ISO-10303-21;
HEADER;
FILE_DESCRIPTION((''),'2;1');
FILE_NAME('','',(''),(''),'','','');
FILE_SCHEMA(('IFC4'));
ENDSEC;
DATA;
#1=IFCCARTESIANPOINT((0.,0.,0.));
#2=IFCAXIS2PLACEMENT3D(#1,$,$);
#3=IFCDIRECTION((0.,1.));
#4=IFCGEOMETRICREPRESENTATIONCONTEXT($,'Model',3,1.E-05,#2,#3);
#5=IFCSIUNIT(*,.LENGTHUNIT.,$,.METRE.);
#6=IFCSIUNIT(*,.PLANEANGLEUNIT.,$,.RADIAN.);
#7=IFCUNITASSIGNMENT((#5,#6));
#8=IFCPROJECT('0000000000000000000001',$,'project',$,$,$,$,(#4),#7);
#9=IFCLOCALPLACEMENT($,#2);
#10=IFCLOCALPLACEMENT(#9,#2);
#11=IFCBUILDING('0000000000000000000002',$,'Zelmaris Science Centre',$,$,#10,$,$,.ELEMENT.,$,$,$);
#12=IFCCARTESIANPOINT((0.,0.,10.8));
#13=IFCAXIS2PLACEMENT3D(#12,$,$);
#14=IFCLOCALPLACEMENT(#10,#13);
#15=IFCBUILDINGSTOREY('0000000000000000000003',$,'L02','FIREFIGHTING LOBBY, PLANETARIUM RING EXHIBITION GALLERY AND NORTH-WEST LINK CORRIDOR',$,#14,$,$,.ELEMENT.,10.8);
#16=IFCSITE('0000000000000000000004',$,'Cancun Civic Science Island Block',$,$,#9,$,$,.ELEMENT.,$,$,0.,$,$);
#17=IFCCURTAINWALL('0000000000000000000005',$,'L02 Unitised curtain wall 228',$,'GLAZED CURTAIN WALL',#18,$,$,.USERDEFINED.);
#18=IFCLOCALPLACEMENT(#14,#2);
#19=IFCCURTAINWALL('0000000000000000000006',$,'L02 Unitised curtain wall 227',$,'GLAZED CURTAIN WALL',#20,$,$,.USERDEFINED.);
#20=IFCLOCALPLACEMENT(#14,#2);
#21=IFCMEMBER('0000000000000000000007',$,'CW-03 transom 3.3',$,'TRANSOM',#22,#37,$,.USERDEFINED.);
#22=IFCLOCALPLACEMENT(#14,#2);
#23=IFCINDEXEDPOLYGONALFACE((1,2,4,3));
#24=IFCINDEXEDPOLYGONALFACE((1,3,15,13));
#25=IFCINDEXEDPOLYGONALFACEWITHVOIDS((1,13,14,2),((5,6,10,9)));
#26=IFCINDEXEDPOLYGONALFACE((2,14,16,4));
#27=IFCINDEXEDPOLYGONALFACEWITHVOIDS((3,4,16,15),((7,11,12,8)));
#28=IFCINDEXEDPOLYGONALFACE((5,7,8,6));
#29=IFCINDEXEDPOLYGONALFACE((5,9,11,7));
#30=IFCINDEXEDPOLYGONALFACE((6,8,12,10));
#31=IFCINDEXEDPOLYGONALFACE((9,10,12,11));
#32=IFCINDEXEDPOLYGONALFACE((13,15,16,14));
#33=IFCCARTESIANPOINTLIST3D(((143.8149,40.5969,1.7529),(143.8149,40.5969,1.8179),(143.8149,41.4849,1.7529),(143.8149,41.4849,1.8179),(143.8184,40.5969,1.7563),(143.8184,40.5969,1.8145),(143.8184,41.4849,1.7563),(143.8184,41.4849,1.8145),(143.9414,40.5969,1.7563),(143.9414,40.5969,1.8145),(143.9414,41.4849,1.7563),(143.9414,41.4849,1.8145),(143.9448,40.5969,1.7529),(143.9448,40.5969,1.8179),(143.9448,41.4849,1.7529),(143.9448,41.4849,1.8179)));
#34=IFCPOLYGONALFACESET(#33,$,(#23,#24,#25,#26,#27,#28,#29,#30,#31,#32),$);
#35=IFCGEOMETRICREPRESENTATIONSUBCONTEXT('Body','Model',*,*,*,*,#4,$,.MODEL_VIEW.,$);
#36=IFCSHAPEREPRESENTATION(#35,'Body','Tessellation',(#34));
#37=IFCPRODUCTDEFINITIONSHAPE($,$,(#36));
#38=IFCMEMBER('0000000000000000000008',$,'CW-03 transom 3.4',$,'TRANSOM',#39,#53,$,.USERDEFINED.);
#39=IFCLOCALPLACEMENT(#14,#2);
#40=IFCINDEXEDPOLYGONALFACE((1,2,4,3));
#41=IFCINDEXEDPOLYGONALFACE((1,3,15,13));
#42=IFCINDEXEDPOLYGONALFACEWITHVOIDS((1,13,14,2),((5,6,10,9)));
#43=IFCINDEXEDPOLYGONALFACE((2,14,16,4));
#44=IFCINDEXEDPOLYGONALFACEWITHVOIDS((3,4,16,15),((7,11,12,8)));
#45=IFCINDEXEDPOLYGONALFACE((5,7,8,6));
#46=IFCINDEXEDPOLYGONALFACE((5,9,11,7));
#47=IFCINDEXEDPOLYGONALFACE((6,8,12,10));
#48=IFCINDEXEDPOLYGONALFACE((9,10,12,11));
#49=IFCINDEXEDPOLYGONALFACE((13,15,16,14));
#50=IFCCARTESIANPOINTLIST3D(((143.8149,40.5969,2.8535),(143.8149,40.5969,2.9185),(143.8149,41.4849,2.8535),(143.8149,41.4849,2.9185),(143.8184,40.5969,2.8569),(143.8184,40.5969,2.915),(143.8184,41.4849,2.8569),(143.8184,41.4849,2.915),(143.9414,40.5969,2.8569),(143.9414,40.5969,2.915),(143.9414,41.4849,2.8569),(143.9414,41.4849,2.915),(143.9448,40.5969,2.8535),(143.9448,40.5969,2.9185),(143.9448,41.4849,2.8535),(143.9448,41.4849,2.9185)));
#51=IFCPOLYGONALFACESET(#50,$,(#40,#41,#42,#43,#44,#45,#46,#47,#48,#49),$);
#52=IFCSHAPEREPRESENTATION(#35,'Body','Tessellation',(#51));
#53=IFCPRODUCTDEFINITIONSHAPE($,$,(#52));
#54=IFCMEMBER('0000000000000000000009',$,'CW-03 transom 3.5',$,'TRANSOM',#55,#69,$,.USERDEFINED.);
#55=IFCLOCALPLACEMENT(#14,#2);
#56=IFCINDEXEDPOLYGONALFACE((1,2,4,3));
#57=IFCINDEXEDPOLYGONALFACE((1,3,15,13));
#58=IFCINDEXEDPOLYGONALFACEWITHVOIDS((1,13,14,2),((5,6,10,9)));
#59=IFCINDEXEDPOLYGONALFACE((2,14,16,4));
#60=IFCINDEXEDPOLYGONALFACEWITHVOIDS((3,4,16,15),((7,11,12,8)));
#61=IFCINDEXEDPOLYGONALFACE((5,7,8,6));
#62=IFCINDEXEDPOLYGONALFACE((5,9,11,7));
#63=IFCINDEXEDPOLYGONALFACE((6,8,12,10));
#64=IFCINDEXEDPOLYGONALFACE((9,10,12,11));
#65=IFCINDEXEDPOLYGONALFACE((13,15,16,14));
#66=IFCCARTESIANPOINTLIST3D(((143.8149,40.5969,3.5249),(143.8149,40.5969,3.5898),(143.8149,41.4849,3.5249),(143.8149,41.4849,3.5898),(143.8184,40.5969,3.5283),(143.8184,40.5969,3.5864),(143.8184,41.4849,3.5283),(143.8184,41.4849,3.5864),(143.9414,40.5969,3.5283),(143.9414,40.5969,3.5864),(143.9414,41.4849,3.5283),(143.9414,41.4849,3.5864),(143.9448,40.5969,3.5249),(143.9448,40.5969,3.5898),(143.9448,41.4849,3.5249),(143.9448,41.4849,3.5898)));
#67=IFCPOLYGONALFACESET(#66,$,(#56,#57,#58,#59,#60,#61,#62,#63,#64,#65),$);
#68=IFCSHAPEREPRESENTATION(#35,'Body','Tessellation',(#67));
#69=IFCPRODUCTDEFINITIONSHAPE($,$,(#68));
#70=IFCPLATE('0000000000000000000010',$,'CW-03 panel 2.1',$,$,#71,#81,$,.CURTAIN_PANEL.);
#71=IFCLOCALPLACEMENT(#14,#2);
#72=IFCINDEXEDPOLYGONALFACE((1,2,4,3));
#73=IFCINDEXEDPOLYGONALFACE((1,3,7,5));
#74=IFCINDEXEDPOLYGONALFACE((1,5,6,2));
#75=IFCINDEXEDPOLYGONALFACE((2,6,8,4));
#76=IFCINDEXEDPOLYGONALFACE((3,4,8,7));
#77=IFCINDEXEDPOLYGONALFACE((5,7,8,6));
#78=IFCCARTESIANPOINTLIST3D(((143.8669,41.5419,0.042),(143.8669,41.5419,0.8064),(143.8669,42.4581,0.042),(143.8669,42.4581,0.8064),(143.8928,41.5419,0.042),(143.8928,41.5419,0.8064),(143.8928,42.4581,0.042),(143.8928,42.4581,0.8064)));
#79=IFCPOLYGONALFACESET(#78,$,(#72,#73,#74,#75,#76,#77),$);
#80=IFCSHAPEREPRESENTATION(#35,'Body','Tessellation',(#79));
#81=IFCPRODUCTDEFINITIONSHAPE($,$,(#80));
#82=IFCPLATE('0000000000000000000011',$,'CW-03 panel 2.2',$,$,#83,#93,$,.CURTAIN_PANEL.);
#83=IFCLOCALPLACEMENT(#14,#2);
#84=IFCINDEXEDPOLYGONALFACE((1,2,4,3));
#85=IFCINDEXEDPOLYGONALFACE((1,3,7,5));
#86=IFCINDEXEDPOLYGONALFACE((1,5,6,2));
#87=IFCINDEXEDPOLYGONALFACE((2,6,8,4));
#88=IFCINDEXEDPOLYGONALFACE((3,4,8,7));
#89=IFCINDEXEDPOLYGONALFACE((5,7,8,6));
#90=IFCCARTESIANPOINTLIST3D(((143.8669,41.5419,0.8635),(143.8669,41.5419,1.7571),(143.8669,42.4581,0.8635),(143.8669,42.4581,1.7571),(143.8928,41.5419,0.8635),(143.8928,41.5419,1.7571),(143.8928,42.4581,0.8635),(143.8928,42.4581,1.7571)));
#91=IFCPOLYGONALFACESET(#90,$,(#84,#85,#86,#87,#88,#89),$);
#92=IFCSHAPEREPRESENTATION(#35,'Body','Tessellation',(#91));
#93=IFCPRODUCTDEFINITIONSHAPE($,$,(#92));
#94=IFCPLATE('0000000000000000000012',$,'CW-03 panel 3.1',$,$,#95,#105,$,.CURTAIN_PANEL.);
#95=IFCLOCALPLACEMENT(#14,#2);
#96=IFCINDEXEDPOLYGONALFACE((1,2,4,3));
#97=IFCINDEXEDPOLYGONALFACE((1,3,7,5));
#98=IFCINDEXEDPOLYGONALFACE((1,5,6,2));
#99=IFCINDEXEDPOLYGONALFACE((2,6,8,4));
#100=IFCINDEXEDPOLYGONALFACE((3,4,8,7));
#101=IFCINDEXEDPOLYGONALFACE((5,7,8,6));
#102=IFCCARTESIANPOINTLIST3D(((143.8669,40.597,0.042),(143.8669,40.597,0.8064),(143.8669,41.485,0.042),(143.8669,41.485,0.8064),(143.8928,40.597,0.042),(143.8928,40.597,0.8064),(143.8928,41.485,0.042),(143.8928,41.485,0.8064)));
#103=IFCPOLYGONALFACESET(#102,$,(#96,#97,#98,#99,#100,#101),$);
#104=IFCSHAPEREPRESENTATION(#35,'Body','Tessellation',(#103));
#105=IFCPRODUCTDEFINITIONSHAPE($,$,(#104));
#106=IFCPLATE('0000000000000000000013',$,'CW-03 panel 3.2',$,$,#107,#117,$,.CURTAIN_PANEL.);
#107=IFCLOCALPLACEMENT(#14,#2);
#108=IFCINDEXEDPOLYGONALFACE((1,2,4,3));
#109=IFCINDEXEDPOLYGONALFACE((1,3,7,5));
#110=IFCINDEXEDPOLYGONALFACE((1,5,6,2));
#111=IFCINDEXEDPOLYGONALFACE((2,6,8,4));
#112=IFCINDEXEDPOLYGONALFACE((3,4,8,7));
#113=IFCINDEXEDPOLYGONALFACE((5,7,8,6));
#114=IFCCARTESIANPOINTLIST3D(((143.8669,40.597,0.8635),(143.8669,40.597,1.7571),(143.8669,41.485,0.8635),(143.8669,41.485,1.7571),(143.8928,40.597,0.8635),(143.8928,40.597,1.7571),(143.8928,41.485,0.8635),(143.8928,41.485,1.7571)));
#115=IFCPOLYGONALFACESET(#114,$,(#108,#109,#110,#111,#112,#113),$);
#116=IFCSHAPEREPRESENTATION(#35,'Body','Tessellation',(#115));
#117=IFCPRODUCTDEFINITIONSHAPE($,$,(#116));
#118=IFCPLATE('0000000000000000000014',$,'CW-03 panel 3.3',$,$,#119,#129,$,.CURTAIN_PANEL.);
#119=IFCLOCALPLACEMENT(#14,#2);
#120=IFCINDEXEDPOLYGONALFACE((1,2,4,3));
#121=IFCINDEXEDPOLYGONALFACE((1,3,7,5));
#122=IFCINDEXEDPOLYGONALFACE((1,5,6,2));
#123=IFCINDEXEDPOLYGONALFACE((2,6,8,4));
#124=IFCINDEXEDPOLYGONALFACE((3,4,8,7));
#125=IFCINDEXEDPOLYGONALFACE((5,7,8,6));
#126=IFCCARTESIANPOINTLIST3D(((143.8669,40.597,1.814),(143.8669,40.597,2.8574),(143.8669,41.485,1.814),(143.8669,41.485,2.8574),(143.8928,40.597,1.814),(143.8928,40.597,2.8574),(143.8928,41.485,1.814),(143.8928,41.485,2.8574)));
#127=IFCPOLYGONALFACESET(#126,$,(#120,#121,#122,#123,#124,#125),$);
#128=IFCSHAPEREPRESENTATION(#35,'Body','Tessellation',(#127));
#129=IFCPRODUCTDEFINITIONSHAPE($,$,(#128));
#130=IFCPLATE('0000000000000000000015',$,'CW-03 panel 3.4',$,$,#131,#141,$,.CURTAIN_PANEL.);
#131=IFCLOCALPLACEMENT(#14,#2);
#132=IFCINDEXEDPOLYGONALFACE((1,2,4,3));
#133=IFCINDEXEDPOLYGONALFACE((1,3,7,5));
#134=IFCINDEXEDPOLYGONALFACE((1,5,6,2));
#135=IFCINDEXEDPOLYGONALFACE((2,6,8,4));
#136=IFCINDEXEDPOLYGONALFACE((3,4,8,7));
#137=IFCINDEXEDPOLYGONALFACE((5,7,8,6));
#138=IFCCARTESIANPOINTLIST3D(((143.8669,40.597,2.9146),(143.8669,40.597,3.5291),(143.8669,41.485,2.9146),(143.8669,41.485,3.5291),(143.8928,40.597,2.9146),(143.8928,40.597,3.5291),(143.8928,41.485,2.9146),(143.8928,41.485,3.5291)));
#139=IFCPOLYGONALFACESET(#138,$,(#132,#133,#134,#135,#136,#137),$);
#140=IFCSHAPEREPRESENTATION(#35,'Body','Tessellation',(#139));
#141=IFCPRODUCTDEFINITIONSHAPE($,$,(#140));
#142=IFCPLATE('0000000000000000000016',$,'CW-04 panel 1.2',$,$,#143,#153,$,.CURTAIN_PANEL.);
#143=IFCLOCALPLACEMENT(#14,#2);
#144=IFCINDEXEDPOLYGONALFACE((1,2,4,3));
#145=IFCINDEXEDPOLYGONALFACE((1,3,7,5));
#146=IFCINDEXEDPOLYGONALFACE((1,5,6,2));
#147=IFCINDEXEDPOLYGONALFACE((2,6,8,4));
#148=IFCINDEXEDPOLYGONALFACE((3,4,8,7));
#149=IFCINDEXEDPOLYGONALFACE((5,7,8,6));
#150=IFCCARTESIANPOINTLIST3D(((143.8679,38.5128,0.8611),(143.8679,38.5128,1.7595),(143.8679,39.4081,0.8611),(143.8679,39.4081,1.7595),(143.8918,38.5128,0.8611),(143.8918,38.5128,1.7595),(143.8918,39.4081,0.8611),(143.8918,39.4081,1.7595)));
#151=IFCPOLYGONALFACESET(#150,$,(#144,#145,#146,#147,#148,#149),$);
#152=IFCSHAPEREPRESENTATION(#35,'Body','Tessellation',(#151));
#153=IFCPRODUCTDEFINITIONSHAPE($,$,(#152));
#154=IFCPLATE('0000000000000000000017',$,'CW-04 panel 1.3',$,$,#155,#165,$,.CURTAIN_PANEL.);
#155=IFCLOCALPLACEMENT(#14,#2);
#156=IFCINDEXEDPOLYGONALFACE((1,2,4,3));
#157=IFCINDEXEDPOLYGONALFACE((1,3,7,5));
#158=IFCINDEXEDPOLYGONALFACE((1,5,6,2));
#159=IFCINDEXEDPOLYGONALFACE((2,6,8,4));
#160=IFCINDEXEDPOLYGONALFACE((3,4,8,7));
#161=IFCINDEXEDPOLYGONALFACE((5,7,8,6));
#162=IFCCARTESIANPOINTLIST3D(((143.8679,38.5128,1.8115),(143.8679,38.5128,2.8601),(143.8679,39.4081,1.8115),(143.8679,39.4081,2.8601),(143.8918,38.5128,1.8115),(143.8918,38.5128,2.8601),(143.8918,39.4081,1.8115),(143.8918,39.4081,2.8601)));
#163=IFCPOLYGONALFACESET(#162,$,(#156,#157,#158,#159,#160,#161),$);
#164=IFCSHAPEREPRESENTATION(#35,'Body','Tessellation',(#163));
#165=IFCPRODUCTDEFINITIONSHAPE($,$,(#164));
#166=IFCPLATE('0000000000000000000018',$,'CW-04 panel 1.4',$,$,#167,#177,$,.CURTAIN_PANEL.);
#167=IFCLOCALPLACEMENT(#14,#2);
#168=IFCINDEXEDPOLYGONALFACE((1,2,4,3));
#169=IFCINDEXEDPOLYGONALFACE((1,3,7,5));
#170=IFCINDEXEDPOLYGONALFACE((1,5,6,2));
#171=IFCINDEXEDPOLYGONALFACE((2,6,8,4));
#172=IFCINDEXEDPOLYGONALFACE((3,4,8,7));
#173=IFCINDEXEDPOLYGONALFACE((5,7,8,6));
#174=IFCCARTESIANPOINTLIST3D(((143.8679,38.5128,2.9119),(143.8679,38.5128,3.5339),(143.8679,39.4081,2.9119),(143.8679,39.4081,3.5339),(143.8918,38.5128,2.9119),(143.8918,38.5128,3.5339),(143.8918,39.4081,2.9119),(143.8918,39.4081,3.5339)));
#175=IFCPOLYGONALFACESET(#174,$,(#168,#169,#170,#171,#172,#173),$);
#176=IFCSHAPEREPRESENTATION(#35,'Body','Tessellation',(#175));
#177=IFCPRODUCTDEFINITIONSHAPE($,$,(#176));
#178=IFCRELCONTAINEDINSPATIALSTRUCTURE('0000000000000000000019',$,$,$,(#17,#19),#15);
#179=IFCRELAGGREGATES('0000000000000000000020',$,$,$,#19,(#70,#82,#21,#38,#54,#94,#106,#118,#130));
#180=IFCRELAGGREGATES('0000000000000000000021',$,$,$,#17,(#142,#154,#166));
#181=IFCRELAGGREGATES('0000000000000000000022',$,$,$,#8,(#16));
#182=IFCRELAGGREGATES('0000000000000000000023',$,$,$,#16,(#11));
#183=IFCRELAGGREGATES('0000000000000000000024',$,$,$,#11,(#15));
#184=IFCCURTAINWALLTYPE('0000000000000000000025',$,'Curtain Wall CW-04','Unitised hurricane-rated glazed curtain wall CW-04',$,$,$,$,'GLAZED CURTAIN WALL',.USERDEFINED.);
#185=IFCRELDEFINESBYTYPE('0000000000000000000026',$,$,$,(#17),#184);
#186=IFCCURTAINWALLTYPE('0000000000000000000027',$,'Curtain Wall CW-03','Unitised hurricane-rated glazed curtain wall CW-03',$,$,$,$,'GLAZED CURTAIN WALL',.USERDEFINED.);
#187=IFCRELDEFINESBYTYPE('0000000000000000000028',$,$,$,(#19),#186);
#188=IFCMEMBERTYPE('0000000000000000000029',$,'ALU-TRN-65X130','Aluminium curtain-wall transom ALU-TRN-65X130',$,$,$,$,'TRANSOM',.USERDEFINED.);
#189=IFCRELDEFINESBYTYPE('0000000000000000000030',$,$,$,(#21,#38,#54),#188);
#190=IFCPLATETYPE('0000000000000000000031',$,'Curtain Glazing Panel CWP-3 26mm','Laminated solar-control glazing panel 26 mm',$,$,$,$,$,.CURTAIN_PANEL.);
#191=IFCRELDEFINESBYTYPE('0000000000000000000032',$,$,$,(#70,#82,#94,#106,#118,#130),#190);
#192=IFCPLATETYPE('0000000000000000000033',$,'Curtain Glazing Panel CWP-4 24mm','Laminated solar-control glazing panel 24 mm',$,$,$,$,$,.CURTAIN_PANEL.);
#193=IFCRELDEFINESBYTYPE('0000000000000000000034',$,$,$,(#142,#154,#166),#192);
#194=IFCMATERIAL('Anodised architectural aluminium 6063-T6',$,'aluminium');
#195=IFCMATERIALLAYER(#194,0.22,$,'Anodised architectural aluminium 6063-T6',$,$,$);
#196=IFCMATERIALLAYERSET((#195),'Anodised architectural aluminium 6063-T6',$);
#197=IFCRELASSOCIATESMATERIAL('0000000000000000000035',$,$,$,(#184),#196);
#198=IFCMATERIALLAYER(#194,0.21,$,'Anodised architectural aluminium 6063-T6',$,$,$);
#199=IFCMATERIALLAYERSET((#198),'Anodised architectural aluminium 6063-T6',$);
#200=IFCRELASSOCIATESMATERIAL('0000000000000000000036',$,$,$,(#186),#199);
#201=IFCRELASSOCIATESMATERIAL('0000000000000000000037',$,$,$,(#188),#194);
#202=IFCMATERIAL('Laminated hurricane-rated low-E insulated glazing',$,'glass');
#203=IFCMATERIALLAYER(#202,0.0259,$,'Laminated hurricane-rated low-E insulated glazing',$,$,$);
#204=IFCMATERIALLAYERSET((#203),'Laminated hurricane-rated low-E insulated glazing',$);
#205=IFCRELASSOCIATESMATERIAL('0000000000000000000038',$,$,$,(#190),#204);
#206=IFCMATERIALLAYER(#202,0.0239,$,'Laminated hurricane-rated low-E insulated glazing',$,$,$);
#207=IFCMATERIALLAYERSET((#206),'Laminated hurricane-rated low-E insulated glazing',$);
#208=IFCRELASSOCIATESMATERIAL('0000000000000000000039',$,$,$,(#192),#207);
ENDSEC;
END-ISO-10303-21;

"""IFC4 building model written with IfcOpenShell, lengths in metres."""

from ifc_helpers import new_model, si_unit, direction, frame, origin, origin_2d, place, context, subcontext, project, spatial, rectangle, hollow_rectangle, extrude, material, layer, layer_set, material_profile, profile_set, type_object, element, aggregate, save


model = new_model("IFC4")

# Units and contexts
model_context = context("Model", 3, precision=1e-05, world=origin(), true_north=direction((0.0, 1.0)))
body_context = subcontext(model_context, "Body", "Model", "MODEL_VIEW")
ifc_project = project(units=[si_unit("LENGTHUNIT", "METRE"), si_unit("PLANEANGLEUNIT", "RADIAN")], contexts=[model_context])

# Site, building, storey
site_placement = place(None, origin())
site = spatial("IfcSite", under=ifc_project, at=site_placement, Name="Cancun Civic Science Island Block", CompositionType="ELEMENT", RefElevation=0.0)
building_placement = place(site_placement, origin())
building = spatial("IfcBuilding", under=site, at=building_placement, Name="Zelmaris Science Centre", CompositionType="ELEMENT")
storey_placement = place(building_placement, frame((0.0, 0.0, 10.8)))
storey = spatial("IfcBuildingStorey", under=building, at=storey_placement, Name="L02", Description="FIREFIGHTING LOBBY, PLANETARIUM RING EXHIBITION GALLERY AND NORTH-WEST LINK CORRIDOR", CompositionType="ELEMENT", Elevation=10.8)

# Curtain wall
ifc_material_1 = material(Name="Anodised architectural aluminium 6063-T6", Category="aluminium")
ifc_layer_1 = layer(ifc_material_1, 0.22, Name="Anodised architectural aluminium 6063-T6")
ifc_layer_set_1 = layer_set([ifc_layer_1], Name="Anodised architectural aluminium 6063-T6")
curtain_wall_type_1 = type_object("IfcCurtainWallType", Name="Curtain Wall CW-04", Description="Unitised hurricane-rated glazed curtain wall CW-04", ElementType="GLAZED CURTAIN WALL", PredefinedType="USERDEFINED", material=ifc_layer_set_1)
curtain_wall_1_placement = place(storey_placement, origin())
curtain_wall_1 = element("IfcCurtainWall", 1, at=curtain_wall_1_placement, inside=storey, type_object=curtain_wall_type_1, Name="L02 Unitised curtain wall 228", ObjectType="GLAZED CURTAIN WALL", PredefinedType="USERDEFINED")

# Curtain wall
ifc_layer_2 = layer(ifc_material_1, 0.21, Name="Anodised architectural aluminium 6063-T6")
ifc_layer_set_2 = layer_set([ifc_layer_2], Name="Anodised architectural aluminium 6063-T6")
curtain_wall_type_2 = type_object("IfcCurtainWallType", Name="Curtain Wall CW-03", Description="Unitised hurricane-rated glazed curtain wall CW-03", ElementType="GLAZED CURTAIN WALL", PredefinedType="USERDEFINED", material=ifc_layer_set_2)
curtain_wall_2_placement = place(storey_placement, origin())
curtain_wall_2 = element("IfcCurtainWall", 2, at=curtain_wall_2_placement, inside=storey, type_object=curtain_wall_type_2, Name="L02 Unitised curtain wall 227", ObjectType="GLAZED CURTAIN WALL", PredefinedType="USERDEFINED")

# Members
ifc_material_profile_1 = material_profile(ifc_material_1, hollow_rectangle(XDim=0.0649, YDim=0.1299, WallThickness=0.0034, at=origin_2d()), Name="ALU-TRN-65X130")
ifc_profile_set_1 = profile_set([ifc_material_profile_1], Name="Anodised architectural aluminium 6063-T6")
member_type_1 = type_object("IfcMemberType", Name="ALU-TRN-65X130", Description="Aluminium curtain-wall transom ALU-TRN-65X130", ElementType="TRANSOM", PredefinedType="USERDEFINED", material=ifc_profile_set_1)
member_1_placement = place(storey_placement, frame((143.8799, 41.4849, 1.7854), z_axis=(0.0, -1.0, 0.0), x_axis=(0.0, 0.0, 1.0)))
member_1 = element("IfcMember", 3, at=member_1_placement, type_object=member_type_1, Name="CW-03 transom 3.3", ObjectType="TRANSOM", PredefinedType="USERDEFINED", context=body_context, shape_type="SweptSolid", body=[
    extrude(hollow_rectangle(XDim=0.0649, YDim=0.1299, WallThickness=0.0034, at=origin_2d()), origin(), (0.0, 0.0, 1.0), 0.8879),
])
member_2_placement = place(storey_placement, frame((143.8799, 41.4849, 2.886), z_axis=(0.0, -1.0, 0.0), x_axis=(0.0, 0.0, 1.0)))
member_2 = element("IfcMember", 4, at=member_2_placement, type_object=member_type_1, Name="CW-03 transom 3.4", ObjectType="TRANSOM", PredefinedType="USERDEFINED", context=body_context, shape_type="SweptSolid", body=[
    extrude(hollow_rectangle(XDim=0.0649, YDim=0.1299, WallThickness=0.0034, at=origin_2d()), origin(), (0.0, 0.0, 1.0), 0.8879),
])
member_3_placement = place(storey_placement, frame((143.8799, 41.4849, 3.5574), z_axis=(0.0, -1.0, 0.0), x_axis=(0.0, 0.0, 1.0)))
member_3 = element("IfcMember", 5, at=member_3_placement, type_object=member_type_1, Name="CW-03 transom 3.5", ObjectType="TRANSOM", PredefinedType="USERDEFINED", context=body_context, shape_type="SweptSolid", body=[
    extrude(hollow_rectangle(XDim=0.0649, YDim=0.1299, WallThickness=0.0034, at=origin_2d()), origin(), (0.0, 0.0, 1.0), 0.8879),
])

# Plates
ifc_material_2 = material(Name="Laminated hurricane-rated low-E insulated glazing", Category="glass")
ifc_layer_3 = layer(ifc_material_2, 0.0259, Name="Laminated hurricane-rated low-E insulated glazing")
ifc_layer_set_3 = layer_set([ifc_layer_3], Name="Laminated hurricane-rated low-E insulated glazing")
plate_type_1 = type_object("IfcPlateType", Name="Curtain Glazing Panel CWP-3 26mm", Description="Laminated solar-control glazing panel 26 mm", PredefinedType="CURTAIN_PANEL", material=ifc_layer_set_3)
plate_1_placement = place(storey_placement, frame((143.8799, 42.0, 0.042), z_axis=(0.0, 0.0, 1.0), x_axis=(0.0, -1.0, 0.0)))
plate_1 = element("IfcPlate", 6, at=plate_1_placement, type_object=plate_type_1, Name="CW-03 panel 2.1", PredefinedType="CURTAIN_PANEL", context=body_context, shape_type="SweptSolid", body=[
    extrude(rectangle(XDim=0.9163, YDim=0.0259, at=origin_2d()), origin(), (0.0, 0.0, 1.0), 0.7644),
])
plate_2_placement = place(storey_placement, frame((143.8799, 42.0, 0.8635), z_axis=(0.0, 0.0, 1.0), x_axis=(0.0, -1.0, 0.0)))
plate_2 = element("IfcPlate", 7, at=plate_2_placement, type_object=plate_type_1, Name="CW-03 panel 2.2", PredefinedType="CURTAIN_PANEL", context=body_context, shape_type="SweptSolid", body=[
    extrude(rectangle(XDim=0.9163, YDim=0.0259, at=origin_2d()), origin(), (0.0, 0.0, 1.0), 0.8936),
])
plate_3_placement = place(storey_placement, frame((143.8799, 41.041, 0.042), z_axis=(0.0, 0.0, 1.0), x_axis=(0.0, -1.0, 0.0)))
plate_3 = element("IfcPlate", 8, at=plate_3_placement, type_object=plate_type_1, Name="CW-03 panel 3.1", PredefinedType="CURTAIN_PANEL", context=body_context, shape_type="SweptSolid", body=[
    extrude(rectangle(XDim=0.8879, YDim=0.0259, at=origin_2d()), origin(), (0.0, 0.0, 1.0), 0.7644),
])
plate_4_placement = place(storey_placement, frame((143.8799, 41.041, 0.8635), z_axis=(0.0, 0.0, 1.0), x_axis=(0.0, -1.0, 0.0)))
plate_4 = element("IfcPlate", 9, at=plate_4_placement, type_object=plate_type_1, Name="CW-03 panel 3.2", PredefinedType="CURTAIN_PANEL", context=body_context, shape_type="SweptSolid", body=[
    extrude(rectangle(XDim=0.8879, YDim=0.0259, at=origin_2d()), origin(), (0.0, 0.0, 1.0), 0.8936),
])
plate_5_placement = place(storey_placement, frame((143.8799, 41.041, 1.814), z_axis=(0.0, 0.0, 1.0), x_axis=(0.0, -1.0, 0.0)))
plate_5 = element("IfcPlate", 10, at=plate_5_placement, type_object=plate_type_1, Name="CW-03 panel 3.3", PredefinedType="CURTAIN_PANEL", context=body_context, shape_type="SweptSolid", body=[
    extrude(rectangle(XDim=0.8879, YDim=0.0259, at=origin_2d()), origin(), (0.0, 0.0, 1.0), 1.0435),
])
plate_6_placement = place(storey_placement, frame((143.8799, 41.041, 2.9146), z_axis=(0.0, 0.0, 1.0), x_axis=(0.0, -1.0, 0.0)))
plate_6 = element("IfcPlate", 11, at=plate_6_placement, type_object=plate_type_1, Name="CW-03 panel 3.4", PredefinedType="CURTAIN_PANEL", context=body_context, shape_type="SweptSolid", body=[
    extrude(rectangle(XDim=0.8879, YDim=0.0259, at=origin_2d()), origin(), (0.0, 0.0, 1.0), 0.6145),
])
aggregate(curtain_wall_2, [plate_1, plate_2, member_1, member_2, member_3, plate_3, plate_4, plate_5, plate_6])
ifc_layer_4 = layer(ifc_material_2, 0.0239, Name="Laminated hurricane-rated low-E insulated glazing")
ifc_layer_set_4 = layer_set([ifc_layer_4], Name="Laminated hurricane-rated low-E insulated glazing")
plate_type_2 = type_object("IfcPlateType", Name="Curtain Glazing Panel CWP-4 24mm", Description="Laminated solar-control glazing panel 24 mm", PredefinedType="CURTAIN_PANEL", material=ifc_layer_set_4)
plate_7_placement = place(storey_placement, frame((143.8799, 38.9604, 0.8611), z_axis=(0.0, 0.0, 1.0), x_axis=(0.0, -1.0, 0.0)))
plate_7 = element("IfcPlate", 12, at=plate_7_placement, type_object=plate_type_2, Name="CW-04 panel 1.2", PredefinedType="CURTAIN_PANEL", context=body_context, shape_type="SweptSolid", body=[
    extrude(rectangle(XDim=0.8953, YDim=0.0239, at=origin_2d()), origin(), (0.0, 0.0, 1.0), 0.8984),
])
plate_8_placement = place(storey_placement, frame((143.8799, 38.9604, 1.8115), z_axis=(0.0, 0.0, 1.0), x_axis=(0.0, -1.0, 0.0)))
plate_8 = element("IfcPlate", 13, at=plate_8_placement, type_object=plate_type_2, Name="CW-04 panel 1.3", PredefinedType="CURTAIN_PANEL", context=body_context, shape_type="SweptSolid", body=[
    extrude(rectangle(XDim=0.8953, YDim=0.0239, at=origin_2d()), origin(), (0.0, 0.0, 1.0), 1.0486),
])
plate_9_placement = place(storey_placement, frame((143.8799, 38.9604, 2.9119), z_axis=(0.0, 0.0, 1.0), x_axis=(0.0, -1.0, 0.0)))
plate_9 = element("IfcPlate", 14, at=plate_9_placement, type_object=plate_type_2, Name="CW-04 panel 1.4", PredefinedType="CURTAIN_PANEL", context=body_context, shape_type="SweptSolid", body=[
    extrude(rectangle(XDim=0.8953, YDim=0.0239, at=origin_2d()), origin(), (0.0, 0.0, 1.0), 0.6221),
])
aggregate(curtain_wall_1, [plate_7, plate_8, plate_9])

save(model, "model.ifc")
